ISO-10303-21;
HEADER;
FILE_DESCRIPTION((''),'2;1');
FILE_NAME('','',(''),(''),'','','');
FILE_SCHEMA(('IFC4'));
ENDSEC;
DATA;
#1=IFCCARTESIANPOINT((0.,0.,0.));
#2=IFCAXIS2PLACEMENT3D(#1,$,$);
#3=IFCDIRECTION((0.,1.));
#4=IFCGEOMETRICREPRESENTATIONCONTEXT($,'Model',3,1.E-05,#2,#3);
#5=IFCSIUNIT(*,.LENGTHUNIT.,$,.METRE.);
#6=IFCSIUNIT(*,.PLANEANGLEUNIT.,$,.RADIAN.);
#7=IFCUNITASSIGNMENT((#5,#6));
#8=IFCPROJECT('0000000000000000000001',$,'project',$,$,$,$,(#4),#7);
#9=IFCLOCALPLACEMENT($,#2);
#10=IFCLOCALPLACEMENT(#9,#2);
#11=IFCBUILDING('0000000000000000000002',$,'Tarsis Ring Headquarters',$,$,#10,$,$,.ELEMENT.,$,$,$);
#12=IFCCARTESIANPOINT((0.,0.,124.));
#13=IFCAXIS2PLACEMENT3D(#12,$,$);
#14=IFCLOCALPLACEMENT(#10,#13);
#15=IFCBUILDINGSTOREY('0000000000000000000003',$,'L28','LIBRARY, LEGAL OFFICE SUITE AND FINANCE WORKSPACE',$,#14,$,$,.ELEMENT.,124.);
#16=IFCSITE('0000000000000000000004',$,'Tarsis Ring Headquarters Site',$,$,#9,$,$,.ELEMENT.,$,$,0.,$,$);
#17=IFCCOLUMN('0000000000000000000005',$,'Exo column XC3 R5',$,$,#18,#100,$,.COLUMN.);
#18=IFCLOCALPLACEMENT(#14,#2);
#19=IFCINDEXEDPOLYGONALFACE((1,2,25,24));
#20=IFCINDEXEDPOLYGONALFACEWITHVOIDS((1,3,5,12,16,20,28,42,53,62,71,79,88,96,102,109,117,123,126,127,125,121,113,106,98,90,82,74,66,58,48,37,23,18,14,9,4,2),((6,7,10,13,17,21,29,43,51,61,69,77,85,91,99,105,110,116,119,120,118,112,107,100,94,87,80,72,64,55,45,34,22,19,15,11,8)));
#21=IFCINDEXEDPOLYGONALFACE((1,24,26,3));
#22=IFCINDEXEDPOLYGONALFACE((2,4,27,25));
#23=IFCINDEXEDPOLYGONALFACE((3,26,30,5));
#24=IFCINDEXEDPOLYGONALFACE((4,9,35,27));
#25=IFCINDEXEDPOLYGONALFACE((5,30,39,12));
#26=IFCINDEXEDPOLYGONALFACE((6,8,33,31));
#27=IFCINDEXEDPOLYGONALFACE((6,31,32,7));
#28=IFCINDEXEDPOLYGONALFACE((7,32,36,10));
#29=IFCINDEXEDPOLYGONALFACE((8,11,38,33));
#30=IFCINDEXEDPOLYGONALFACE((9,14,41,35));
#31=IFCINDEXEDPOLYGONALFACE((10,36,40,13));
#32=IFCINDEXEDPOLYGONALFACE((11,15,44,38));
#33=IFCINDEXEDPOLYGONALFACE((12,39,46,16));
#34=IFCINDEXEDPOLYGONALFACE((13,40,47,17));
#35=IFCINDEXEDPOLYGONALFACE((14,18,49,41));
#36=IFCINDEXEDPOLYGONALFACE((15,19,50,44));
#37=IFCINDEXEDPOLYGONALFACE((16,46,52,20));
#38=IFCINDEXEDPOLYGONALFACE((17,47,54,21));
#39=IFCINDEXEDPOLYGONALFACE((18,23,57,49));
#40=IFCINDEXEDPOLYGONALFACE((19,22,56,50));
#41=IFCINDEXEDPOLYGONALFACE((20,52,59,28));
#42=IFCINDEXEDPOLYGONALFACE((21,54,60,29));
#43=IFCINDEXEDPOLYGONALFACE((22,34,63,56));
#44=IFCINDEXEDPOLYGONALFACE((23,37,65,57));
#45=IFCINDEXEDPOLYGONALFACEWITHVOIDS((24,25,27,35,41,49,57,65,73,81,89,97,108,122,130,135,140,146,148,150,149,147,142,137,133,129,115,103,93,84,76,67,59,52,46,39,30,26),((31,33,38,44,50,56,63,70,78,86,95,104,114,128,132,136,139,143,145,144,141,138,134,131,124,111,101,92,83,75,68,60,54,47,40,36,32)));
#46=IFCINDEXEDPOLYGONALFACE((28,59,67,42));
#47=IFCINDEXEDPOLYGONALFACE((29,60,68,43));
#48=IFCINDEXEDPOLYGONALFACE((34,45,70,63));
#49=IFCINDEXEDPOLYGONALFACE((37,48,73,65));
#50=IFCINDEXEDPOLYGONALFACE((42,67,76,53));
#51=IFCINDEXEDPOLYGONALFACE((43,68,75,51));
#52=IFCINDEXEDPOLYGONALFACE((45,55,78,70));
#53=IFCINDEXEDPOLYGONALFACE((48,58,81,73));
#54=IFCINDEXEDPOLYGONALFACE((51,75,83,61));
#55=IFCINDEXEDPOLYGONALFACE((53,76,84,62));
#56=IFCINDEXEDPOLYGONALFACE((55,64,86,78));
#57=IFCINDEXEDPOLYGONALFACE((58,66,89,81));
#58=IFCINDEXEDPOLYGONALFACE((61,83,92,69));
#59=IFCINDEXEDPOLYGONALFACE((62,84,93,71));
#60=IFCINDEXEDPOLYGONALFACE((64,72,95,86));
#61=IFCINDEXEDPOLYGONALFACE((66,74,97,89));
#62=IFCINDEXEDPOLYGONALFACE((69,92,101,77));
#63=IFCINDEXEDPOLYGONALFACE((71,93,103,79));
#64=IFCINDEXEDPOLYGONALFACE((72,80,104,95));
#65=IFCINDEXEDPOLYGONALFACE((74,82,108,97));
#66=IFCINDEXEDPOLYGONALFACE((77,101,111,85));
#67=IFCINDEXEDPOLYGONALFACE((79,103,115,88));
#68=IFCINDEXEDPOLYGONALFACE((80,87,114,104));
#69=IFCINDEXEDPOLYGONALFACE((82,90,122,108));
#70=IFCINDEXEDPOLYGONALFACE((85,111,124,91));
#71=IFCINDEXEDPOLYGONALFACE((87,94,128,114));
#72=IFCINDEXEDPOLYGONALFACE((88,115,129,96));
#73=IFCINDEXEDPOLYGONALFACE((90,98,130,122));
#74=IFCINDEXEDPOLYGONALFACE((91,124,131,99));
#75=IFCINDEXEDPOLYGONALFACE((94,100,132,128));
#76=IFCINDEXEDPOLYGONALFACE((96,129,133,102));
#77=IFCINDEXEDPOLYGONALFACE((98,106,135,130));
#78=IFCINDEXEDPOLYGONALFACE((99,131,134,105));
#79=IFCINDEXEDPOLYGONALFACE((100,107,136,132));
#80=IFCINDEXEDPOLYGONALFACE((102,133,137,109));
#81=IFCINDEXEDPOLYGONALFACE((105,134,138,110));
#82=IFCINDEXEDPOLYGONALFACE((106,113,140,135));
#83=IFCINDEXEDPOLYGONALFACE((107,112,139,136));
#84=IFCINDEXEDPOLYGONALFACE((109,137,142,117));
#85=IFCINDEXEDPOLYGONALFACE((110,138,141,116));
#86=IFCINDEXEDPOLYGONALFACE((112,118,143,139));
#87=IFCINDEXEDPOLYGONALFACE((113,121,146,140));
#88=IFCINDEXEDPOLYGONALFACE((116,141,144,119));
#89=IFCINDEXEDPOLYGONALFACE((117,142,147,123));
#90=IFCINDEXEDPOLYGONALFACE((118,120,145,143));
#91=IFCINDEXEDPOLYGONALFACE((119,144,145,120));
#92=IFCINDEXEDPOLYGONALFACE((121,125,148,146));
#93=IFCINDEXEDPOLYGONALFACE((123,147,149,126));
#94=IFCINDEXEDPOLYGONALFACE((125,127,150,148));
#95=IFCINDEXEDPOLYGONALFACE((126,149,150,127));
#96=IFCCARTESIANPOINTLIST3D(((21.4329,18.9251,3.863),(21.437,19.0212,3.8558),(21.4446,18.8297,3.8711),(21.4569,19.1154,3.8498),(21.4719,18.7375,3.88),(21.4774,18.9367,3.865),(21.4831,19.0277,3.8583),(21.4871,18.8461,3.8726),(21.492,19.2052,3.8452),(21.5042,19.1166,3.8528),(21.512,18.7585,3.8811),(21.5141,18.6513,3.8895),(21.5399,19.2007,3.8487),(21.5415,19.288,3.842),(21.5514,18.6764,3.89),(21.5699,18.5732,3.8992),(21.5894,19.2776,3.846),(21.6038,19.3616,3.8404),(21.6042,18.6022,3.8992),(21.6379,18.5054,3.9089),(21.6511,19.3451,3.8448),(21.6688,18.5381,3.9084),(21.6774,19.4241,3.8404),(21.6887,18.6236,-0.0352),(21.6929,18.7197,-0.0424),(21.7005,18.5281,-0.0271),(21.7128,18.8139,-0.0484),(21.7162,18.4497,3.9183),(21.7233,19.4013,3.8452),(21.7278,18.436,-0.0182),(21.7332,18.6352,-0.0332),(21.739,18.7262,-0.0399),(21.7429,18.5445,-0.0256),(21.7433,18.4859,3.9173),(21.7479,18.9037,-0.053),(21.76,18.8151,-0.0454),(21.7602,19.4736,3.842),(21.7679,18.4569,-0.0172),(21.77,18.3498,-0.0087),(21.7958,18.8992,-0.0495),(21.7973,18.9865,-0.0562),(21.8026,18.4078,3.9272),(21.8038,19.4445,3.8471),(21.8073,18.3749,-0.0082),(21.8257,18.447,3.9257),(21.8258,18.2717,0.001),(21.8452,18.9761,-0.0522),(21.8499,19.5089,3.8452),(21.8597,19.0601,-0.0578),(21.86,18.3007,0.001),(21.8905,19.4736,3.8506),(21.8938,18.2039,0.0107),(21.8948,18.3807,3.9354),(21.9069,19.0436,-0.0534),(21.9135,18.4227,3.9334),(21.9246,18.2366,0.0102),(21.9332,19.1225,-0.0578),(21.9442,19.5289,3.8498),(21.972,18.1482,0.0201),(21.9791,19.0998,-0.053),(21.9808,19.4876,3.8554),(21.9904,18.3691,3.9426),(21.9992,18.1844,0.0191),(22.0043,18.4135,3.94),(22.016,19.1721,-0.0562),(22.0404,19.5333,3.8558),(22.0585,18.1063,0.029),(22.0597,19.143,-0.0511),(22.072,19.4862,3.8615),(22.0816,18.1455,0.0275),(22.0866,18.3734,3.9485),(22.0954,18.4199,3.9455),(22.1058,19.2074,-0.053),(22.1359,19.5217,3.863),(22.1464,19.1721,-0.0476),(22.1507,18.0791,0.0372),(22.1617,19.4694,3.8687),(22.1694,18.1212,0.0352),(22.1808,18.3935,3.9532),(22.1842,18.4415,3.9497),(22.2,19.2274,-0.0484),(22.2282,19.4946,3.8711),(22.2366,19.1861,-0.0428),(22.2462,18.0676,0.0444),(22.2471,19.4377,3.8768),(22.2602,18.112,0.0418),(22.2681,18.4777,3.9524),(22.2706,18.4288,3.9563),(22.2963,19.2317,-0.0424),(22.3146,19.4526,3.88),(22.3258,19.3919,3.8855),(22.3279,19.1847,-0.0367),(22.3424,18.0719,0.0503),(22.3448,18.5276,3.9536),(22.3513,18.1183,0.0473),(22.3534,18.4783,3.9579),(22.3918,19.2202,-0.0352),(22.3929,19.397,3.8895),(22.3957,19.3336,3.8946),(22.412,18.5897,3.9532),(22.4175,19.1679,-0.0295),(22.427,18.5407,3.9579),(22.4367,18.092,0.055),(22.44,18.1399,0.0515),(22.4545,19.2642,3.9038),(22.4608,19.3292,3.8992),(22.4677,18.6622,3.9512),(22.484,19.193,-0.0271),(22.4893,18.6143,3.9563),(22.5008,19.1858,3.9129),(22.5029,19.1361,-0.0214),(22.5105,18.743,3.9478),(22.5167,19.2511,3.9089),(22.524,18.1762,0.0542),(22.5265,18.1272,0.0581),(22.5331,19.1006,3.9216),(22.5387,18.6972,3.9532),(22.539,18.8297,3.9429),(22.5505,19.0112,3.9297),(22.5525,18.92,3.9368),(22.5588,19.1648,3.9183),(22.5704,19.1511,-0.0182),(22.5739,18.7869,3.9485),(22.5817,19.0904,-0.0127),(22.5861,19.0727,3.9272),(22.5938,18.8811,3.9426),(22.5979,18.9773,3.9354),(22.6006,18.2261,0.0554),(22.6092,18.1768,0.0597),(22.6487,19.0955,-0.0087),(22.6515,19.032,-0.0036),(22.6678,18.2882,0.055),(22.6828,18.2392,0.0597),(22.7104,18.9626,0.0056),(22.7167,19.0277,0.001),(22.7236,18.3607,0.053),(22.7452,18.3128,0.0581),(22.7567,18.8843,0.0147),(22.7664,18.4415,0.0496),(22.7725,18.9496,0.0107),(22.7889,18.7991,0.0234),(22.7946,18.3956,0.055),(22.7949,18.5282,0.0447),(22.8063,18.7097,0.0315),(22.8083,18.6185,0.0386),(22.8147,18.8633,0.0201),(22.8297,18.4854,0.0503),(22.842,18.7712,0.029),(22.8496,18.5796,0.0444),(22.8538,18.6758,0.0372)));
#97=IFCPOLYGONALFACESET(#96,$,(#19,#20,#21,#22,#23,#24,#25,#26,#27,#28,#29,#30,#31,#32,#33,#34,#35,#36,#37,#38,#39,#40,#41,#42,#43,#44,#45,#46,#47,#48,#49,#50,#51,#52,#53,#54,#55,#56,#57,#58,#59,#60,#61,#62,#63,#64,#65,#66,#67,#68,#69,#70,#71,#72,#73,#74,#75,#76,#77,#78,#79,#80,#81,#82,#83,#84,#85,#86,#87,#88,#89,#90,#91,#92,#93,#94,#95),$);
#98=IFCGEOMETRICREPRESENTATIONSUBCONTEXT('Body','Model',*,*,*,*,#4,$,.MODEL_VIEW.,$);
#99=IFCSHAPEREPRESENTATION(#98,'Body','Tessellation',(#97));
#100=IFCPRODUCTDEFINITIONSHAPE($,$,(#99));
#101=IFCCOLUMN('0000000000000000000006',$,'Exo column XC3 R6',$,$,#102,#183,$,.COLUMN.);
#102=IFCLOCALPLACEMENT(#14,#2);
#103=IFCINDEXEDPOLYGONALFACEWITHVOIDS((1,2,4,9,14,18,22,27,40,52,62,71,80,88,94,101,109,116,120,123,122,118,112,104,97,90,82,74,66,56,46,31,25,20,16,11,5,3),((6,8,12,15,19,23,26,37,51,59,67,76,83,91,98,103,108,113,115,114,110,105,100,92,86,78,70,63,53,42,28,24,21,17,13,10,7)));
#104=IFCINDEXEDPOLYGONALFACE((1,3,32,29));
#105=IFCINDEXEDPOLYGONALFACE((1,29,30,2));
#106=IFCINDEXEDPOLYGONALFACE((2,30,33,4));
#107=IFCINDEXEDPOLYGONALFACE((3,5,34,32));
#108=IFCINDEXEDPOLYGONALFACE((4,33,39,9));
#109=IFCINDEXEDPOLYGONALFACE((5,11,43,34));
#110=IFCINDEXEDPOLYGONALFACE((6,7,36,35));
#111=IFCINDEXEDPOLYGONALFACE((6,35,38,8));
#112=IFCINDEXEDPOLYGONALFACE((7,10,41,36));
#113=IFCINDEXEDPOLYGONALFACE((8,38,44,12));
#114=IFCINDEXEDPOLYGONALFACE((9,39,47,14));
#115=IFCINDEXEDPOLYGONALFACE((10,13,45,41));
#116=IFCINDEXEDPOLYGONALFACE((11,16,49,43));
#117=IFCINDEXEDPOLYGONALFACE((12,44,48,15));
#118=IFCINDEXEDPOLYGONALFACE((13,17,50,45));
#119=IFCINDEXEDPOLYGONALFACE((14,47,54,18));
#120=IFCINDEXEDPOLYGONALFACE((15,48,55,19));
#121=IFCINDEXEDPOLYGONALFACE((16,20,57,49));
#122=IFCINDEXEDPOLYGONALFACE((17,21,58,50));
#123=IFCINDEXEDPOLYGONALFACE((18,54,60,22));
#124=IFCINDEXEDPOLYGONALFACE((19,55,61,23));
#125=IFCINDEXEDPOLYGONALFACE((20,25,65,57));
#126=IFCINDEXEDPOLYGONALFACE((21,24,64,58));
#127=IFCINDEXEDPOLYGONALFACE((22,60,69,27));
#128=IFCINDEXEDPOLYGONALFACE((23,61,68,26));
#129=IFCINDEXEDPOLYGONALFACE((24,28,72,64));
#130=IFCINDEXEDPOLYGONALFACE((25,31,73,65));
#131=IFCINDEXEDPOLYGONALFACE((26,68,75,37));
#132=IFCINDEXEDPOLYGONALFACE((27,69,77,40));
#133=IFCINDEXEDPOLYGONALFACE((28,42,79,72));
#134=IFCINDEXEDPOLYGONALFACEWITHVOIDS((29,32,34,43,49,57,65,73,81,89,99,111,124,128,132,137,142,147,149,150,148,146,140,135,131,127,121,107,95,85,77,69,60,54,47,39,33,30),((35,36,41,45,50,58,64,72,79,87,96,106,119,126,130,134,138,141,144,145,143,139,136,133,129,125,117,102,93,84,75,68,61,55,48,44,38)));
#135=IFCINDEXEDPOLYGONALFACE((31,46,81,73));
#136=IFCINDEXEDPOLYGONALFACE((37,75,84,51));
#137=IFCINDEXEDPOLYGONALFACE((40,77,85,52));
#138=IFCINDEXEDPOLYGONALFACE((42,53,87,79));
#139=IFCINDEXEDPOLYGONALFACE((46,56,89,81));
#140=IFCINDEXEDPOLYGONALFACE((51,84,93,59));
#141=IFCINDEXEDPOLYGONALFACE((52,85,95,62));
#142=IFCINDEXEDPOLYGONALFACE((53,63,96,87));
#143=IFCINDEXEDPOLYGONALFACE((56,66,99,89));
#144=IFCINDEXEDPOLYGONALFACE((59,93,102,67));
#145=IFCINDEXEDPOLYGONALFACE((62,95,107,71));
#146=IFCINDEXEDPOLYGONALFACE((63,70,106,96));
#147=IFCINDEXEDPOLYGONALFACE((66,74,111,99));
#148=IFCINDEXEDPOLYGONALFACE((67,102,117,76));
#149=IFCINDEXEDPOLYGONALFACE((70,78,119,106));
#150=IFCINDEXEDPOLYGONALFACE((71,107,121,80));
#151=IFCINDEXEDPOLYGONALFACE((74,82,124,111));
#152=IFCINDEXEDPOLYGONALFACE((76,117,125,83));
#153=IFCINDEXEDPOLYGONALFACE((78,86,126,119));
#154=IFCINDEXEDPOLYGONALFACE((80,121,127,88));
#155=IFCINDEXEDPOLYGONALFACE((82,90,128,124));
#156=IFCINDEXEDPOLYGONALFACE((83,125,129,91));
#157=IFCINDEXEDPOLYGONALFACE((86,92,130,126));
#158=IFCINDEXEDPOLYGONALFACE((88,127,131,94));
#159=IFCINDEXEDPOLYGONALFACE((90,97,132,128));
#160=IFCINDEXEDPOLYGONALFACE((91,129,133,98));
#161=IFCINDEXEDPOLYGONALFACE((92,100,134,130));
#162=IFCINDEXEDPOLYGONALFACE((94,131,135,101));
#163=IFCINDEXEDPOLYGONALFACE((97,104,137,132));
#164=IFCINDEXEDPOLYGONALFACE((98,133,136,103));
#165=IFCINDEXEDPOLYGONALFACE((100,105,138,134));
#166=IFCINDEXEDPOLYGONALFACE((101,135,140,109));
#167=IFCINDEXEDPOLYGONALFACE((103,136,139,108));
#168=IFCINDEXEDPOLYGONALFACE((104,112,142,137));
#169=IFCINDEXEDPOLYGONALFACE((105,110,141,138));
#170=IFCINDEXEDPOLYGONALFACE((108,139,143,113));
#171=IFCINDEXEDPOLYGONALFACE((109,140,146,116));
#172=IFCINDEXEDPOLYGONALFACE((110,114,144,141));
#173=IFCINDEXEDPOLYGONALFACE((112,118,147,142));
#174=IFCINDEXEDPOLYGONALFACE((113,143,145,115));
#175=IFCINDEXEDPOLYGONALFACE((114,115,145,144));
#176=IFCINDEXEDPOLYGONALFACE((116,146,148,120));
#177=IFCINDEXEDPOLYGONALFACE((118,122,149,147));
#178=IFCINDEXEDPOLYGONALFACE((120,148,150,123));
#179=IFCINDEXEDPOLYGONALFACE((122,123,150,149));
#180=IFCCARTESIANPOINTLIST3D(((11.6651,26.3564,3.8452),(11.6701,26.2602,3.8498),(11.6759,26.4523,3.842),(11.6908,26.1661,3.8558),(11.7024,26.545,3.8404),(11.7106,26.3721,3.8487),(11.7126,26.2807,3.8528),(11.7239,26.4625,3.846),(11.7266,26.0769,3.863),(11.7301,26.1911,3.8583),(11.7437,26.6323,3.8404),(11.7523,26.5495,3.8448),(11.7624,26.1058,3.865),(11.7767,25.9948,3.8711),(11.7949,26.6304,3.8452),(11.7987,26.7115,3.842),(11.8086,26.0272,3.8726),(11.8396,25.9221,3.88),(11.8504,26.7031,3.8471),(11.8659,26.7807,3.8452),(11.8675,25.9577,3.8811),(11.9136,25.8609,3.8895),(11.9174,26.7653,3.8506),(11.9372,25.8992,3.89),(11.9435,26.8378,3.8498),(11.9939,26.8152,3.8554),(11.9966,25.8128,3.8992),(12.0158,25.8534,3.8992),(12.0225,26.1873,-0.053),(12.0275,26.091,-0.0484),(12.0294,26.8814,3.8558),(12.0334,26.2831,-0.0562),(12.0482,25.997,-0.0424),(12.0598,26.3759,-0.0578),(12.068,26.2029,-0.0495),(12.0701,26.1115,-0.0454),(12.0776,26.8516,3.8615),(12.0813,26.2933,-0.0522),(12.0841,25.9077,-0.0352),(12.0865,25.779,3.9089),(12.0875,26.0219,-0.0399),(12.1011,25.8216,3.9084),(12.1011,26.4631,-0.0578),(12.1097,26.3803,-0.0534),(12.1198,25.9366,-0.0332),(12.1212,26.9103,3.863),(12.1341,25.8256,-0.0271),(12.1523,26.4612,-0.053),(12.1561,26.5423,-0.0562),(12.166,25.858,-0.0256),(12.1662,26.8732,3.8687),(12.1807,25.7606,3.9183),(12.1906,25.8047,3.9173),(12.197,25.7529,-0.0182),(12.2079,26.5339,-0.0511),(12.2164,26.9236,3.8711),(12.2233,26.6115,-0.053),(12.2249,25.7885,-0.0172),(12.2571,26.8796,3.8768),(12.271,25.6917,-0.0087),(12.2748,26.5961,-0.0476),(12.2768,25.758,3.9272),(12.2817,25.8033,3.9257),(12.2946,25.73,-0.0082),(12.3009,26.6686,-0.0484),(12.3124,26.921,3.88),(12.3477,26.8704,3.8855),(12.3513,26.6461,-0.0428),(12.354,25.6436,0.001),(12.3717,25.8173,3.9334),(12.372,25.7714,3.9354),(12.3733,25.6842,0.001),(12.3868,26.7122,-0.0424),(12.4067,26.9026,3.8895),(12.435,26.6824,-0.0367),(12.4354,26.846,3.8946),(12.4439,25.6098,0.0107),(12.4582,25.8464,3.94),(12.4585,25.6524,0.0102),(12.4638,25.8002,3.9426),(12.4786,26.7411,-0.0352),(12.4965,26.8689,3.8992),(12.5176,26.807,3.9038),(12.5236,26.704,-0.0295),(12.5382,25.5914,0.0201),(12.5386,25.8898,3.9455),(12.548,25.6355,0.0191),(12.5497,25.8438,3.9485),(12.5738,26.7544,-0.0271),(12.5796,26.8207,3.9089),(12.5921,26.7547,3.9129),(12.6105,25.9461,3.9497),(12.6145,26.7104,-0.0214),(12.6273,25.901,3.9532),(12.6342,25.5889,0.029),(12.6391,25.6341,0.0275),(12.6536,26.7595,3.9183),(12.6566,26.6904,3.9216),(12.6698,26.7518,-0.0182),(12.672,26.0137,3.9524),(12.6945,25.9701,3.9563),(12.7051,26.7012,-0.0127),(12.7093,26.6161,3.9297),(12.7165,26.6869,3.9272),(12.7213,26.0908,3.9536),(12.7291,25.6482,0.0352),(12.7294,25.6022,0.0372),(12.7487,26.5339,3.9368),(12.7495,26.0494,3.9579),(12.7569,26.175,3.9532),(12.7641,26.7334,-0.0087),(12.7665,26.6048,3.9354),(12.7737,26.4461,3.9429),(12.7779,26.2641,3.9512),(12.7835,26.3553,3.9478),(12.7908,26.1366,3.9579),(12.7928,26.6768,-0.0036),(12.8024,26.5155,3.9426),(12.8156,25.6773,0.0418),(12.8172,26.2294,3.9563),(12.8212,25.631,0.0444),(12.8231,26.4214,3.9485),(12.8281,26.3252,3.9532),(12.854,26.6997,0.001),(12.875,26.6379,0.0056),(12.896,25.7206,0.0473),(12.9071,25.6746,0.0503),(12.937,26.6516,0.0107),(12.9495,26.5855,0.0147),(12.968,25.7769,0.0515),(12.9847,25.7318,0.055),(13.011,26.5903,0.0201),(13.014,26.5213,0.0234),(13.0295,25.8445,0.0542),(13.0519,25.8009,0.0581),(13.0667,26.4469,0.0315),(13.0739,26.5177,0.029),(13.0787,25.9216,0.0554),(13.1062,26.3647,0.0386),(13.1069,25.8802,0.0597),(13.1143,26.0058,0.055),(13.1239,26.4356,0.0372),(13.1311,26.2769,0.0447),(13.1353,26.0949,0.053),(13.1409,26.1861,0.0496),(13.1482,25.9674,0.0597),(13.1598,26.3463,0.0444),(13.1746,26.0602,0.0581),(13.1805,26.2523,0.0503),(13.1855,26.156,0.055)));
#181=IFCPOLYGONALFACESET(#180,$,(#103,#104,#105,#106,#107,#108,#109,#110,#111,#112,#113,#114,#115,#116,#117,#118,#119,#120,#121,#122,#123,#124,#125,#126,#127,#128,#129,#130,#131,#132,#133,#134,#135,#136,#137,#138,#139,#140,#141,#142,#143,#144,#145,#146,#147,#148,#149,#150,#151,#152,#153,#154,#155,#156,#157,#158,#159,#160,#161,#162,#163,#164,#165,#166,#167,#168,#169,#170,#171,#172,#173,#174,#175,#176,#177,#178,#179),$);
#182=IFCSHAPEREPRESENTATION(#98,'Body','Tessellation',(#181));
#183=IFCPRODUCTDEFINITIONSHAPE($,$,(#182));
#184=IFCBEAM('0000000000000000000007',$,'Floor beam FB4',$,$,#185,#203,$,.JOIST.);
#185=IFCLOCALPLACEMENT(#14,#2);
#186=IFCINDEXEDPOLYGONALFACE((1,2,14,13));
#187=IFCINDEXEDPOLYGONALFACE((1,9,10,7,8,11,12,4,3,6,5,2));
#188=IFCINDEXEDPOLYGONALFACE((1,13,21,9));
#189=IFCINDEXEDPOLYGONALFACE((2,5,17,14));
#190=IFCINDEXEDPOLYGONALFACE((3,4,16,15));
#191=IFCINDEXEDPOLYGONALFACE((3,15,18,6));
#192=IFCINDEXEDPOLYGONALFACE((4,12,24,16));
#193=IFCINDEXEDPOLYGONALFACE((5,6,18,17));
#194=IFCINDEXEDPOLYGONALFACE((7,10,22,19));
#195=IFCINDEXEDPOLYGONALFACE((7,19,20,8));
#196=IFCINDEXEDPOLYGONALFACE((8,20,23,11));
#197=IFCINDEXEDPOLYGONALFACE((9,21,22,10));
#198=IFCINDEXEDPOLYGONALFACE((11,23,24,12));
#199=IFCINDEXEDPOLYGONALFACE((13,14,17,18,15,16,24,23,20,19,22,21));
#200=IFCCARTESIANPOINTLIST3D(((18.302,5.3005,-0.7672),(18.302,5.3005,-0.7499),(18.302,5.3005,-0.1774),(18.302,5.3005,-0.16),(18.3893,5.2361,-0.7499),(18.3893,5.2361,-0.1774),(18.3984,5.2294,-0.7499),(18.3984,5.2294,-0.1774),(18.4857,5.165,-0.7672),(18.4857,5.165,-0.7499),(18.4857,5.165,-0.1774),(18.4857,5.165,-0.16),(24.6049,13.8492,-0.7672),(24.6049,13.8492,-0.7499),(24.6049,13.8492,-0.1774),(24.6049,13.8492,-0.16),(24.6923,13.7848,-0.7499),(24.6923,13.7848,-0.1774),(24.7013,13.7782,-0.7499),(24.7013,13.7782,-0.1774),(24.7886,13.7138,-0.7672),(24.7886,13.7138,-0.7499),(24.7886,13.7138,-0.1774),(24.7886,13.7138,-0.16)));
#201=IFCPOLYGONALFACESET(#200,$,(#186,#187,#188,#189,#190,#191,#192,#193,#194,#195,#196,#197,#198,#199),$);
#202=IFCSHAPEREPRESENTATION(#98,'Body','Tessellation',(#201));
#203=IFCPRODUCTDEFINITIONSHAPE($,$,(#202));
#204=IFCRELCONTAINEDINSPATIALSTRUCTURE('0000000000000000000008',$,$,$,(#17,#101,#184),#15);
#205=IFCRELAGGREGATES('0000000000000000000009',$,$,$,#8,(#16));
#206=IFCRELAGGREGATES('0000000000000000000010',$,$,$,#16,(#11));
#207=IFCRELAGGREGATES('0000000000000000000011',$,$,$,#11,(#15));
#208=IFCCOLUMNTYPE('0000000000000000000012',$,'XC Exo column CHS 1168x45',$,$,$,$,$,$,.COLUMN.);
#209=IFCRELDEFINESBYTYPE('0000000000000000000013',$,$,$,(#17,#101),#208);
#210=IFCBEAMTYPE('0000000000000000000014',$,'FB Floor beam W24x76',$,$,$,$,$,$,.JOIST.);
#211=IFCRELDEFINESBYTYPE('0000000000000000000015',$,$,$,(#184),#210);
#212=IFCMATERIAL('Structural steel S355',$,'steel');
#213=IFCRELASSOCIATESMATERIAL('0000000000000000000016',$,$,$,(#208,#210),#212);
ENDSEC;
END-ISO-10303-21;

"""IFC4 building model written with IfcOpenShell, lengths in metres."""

from ifc_helpers import new_model, si_unit, direction, frame, origin, origin_2d, place, context, subcontext, project, spatial, hollow_circle, i_section, extrude, material, material_profile, profile_set, type_object, element, save


model = new_model("IFC4")

# Units and contexts
model_context = context("Model", 3, precision=1e-05, world=origin(), true_north=direction((0.0, 1.0)))
body_context = subcontext(model_context, "Body", "Model", "MODEL_VIEW")
ifc_project = project(units=[si_unit("LENGTHUNIT", "METRE"), si_unit("PLANEANGLEUNIT", "RADIAN")], contexts=[model_context])

# Site, building, storey
site_placement = place(None, origin())
site = spatial("IfcSite", under=ifc_project, at=site_placement, Name="Tarsis Ring Headquarters Site", CompositionType="ELEMENT", RefElevation=0.0)
building_placement = place(site_placement, origin())
building = spatial("IfcBuilding", under=site, at=building_placement, Name="Tarsis Ring Headquarters", CompositionType="ELEMENT")
storey_placement = place(building_placement, frame((0.0, 0.0, 124.0)))
storey = spatial("IfcBuildingStorey", under=building, at=storey_placement, Name="L28", Description="LIBRARY, LEGAL OFFICE SUITE AND FINANCE WORKSPACE", CompositionType="ELEMENT", Elevation=124.0)

# Columns
ifc_material_1 = material(Name="Structural steel S355", Category="steel")
ifc_material_profile_1 = material_profile(ifc_material_1, hollow_circle(Radius=0.5842, WallThickness=0.0449, at=origin_2d()), Name="CHS 1168x45")
ifc_profile_set_1 = profile_set([ifc_material_profile_1], Name="Structural steel S355")
column_type = type_object("IfcColumnType", Name="XC Exo column CHS 1168x45", PredefinedType="COLUMN", material=ifc_profile_set_1)
for number, where, z_axis, x_axis, name in (
    (1, (22.2712, 18.6497, 0.001), (-0.0653, 0.076952, 0.994894), (-0.762472, -0.647021, 0.0), "Exo column XC3 R5"),
    (2, (12.604, 26.1716, 0.001), (-0.091221, 0.04318, 0.994894), (-0.427847, -0.903851, 0.0), "Exo column XC3 R6"),
):
    element("IfcColumn", number, at=place(storey_placement, frame(where, z_axis=z_axis, x_axis=x_axis)), inside=storey, type_object=column_type, Name=name, PredefinedType="COLUMN", context=body_context, shape_type="SweptSolid", body=[
        extrude(hollow_circle(Radius=0.5842, WallThickness=0.0449, at=origin_2d()), origin(), (0.0, 0.0, 1.0), 3.9182),
    ])

# Beam
ifc_material_profile_2 = material_profile(ifc_material_1, i_section(OverallWidth=0.2283, OverallDepth=0.6072, WebThickness=0.0112, FlangeThickness=0.0173, at=origin_2d()), Name="W24x76")
ifc_profile_set_2 = profile_set([ifc_material_profile_2], Name="Structural steel S355")
beam_type_1 = type_object("IfcBeamType", Name="FB Floor beam W24x76", PredefinedType="JOIST", material=ifc_profile_set_2)
beam_1_placement = place(storey_placement, frame((24.6968, 13.7815, -0.4636), z_axis=(-0.593433, -0.804883, 0.0), x_axis=(0.804883, -0.593433, 0.0)))
element("IfcBeam", 3, at=beam_1_placement, inside=storey, type_object=beam_type_1, Name="Floor beam FB4", PredefinedType="JOIST", context=body_context, shape_type="SweptSolid", body=[
    extrude(i_section(OverallWidth=0.2283, OverallDepth=0.6072, WebThickness=0.0112, FlangeThickness=0.0173, at=origin_2d()), origin(), (0.0, 0.0, 1.0), 10.6211),
])

save(model, "model.ifc")
